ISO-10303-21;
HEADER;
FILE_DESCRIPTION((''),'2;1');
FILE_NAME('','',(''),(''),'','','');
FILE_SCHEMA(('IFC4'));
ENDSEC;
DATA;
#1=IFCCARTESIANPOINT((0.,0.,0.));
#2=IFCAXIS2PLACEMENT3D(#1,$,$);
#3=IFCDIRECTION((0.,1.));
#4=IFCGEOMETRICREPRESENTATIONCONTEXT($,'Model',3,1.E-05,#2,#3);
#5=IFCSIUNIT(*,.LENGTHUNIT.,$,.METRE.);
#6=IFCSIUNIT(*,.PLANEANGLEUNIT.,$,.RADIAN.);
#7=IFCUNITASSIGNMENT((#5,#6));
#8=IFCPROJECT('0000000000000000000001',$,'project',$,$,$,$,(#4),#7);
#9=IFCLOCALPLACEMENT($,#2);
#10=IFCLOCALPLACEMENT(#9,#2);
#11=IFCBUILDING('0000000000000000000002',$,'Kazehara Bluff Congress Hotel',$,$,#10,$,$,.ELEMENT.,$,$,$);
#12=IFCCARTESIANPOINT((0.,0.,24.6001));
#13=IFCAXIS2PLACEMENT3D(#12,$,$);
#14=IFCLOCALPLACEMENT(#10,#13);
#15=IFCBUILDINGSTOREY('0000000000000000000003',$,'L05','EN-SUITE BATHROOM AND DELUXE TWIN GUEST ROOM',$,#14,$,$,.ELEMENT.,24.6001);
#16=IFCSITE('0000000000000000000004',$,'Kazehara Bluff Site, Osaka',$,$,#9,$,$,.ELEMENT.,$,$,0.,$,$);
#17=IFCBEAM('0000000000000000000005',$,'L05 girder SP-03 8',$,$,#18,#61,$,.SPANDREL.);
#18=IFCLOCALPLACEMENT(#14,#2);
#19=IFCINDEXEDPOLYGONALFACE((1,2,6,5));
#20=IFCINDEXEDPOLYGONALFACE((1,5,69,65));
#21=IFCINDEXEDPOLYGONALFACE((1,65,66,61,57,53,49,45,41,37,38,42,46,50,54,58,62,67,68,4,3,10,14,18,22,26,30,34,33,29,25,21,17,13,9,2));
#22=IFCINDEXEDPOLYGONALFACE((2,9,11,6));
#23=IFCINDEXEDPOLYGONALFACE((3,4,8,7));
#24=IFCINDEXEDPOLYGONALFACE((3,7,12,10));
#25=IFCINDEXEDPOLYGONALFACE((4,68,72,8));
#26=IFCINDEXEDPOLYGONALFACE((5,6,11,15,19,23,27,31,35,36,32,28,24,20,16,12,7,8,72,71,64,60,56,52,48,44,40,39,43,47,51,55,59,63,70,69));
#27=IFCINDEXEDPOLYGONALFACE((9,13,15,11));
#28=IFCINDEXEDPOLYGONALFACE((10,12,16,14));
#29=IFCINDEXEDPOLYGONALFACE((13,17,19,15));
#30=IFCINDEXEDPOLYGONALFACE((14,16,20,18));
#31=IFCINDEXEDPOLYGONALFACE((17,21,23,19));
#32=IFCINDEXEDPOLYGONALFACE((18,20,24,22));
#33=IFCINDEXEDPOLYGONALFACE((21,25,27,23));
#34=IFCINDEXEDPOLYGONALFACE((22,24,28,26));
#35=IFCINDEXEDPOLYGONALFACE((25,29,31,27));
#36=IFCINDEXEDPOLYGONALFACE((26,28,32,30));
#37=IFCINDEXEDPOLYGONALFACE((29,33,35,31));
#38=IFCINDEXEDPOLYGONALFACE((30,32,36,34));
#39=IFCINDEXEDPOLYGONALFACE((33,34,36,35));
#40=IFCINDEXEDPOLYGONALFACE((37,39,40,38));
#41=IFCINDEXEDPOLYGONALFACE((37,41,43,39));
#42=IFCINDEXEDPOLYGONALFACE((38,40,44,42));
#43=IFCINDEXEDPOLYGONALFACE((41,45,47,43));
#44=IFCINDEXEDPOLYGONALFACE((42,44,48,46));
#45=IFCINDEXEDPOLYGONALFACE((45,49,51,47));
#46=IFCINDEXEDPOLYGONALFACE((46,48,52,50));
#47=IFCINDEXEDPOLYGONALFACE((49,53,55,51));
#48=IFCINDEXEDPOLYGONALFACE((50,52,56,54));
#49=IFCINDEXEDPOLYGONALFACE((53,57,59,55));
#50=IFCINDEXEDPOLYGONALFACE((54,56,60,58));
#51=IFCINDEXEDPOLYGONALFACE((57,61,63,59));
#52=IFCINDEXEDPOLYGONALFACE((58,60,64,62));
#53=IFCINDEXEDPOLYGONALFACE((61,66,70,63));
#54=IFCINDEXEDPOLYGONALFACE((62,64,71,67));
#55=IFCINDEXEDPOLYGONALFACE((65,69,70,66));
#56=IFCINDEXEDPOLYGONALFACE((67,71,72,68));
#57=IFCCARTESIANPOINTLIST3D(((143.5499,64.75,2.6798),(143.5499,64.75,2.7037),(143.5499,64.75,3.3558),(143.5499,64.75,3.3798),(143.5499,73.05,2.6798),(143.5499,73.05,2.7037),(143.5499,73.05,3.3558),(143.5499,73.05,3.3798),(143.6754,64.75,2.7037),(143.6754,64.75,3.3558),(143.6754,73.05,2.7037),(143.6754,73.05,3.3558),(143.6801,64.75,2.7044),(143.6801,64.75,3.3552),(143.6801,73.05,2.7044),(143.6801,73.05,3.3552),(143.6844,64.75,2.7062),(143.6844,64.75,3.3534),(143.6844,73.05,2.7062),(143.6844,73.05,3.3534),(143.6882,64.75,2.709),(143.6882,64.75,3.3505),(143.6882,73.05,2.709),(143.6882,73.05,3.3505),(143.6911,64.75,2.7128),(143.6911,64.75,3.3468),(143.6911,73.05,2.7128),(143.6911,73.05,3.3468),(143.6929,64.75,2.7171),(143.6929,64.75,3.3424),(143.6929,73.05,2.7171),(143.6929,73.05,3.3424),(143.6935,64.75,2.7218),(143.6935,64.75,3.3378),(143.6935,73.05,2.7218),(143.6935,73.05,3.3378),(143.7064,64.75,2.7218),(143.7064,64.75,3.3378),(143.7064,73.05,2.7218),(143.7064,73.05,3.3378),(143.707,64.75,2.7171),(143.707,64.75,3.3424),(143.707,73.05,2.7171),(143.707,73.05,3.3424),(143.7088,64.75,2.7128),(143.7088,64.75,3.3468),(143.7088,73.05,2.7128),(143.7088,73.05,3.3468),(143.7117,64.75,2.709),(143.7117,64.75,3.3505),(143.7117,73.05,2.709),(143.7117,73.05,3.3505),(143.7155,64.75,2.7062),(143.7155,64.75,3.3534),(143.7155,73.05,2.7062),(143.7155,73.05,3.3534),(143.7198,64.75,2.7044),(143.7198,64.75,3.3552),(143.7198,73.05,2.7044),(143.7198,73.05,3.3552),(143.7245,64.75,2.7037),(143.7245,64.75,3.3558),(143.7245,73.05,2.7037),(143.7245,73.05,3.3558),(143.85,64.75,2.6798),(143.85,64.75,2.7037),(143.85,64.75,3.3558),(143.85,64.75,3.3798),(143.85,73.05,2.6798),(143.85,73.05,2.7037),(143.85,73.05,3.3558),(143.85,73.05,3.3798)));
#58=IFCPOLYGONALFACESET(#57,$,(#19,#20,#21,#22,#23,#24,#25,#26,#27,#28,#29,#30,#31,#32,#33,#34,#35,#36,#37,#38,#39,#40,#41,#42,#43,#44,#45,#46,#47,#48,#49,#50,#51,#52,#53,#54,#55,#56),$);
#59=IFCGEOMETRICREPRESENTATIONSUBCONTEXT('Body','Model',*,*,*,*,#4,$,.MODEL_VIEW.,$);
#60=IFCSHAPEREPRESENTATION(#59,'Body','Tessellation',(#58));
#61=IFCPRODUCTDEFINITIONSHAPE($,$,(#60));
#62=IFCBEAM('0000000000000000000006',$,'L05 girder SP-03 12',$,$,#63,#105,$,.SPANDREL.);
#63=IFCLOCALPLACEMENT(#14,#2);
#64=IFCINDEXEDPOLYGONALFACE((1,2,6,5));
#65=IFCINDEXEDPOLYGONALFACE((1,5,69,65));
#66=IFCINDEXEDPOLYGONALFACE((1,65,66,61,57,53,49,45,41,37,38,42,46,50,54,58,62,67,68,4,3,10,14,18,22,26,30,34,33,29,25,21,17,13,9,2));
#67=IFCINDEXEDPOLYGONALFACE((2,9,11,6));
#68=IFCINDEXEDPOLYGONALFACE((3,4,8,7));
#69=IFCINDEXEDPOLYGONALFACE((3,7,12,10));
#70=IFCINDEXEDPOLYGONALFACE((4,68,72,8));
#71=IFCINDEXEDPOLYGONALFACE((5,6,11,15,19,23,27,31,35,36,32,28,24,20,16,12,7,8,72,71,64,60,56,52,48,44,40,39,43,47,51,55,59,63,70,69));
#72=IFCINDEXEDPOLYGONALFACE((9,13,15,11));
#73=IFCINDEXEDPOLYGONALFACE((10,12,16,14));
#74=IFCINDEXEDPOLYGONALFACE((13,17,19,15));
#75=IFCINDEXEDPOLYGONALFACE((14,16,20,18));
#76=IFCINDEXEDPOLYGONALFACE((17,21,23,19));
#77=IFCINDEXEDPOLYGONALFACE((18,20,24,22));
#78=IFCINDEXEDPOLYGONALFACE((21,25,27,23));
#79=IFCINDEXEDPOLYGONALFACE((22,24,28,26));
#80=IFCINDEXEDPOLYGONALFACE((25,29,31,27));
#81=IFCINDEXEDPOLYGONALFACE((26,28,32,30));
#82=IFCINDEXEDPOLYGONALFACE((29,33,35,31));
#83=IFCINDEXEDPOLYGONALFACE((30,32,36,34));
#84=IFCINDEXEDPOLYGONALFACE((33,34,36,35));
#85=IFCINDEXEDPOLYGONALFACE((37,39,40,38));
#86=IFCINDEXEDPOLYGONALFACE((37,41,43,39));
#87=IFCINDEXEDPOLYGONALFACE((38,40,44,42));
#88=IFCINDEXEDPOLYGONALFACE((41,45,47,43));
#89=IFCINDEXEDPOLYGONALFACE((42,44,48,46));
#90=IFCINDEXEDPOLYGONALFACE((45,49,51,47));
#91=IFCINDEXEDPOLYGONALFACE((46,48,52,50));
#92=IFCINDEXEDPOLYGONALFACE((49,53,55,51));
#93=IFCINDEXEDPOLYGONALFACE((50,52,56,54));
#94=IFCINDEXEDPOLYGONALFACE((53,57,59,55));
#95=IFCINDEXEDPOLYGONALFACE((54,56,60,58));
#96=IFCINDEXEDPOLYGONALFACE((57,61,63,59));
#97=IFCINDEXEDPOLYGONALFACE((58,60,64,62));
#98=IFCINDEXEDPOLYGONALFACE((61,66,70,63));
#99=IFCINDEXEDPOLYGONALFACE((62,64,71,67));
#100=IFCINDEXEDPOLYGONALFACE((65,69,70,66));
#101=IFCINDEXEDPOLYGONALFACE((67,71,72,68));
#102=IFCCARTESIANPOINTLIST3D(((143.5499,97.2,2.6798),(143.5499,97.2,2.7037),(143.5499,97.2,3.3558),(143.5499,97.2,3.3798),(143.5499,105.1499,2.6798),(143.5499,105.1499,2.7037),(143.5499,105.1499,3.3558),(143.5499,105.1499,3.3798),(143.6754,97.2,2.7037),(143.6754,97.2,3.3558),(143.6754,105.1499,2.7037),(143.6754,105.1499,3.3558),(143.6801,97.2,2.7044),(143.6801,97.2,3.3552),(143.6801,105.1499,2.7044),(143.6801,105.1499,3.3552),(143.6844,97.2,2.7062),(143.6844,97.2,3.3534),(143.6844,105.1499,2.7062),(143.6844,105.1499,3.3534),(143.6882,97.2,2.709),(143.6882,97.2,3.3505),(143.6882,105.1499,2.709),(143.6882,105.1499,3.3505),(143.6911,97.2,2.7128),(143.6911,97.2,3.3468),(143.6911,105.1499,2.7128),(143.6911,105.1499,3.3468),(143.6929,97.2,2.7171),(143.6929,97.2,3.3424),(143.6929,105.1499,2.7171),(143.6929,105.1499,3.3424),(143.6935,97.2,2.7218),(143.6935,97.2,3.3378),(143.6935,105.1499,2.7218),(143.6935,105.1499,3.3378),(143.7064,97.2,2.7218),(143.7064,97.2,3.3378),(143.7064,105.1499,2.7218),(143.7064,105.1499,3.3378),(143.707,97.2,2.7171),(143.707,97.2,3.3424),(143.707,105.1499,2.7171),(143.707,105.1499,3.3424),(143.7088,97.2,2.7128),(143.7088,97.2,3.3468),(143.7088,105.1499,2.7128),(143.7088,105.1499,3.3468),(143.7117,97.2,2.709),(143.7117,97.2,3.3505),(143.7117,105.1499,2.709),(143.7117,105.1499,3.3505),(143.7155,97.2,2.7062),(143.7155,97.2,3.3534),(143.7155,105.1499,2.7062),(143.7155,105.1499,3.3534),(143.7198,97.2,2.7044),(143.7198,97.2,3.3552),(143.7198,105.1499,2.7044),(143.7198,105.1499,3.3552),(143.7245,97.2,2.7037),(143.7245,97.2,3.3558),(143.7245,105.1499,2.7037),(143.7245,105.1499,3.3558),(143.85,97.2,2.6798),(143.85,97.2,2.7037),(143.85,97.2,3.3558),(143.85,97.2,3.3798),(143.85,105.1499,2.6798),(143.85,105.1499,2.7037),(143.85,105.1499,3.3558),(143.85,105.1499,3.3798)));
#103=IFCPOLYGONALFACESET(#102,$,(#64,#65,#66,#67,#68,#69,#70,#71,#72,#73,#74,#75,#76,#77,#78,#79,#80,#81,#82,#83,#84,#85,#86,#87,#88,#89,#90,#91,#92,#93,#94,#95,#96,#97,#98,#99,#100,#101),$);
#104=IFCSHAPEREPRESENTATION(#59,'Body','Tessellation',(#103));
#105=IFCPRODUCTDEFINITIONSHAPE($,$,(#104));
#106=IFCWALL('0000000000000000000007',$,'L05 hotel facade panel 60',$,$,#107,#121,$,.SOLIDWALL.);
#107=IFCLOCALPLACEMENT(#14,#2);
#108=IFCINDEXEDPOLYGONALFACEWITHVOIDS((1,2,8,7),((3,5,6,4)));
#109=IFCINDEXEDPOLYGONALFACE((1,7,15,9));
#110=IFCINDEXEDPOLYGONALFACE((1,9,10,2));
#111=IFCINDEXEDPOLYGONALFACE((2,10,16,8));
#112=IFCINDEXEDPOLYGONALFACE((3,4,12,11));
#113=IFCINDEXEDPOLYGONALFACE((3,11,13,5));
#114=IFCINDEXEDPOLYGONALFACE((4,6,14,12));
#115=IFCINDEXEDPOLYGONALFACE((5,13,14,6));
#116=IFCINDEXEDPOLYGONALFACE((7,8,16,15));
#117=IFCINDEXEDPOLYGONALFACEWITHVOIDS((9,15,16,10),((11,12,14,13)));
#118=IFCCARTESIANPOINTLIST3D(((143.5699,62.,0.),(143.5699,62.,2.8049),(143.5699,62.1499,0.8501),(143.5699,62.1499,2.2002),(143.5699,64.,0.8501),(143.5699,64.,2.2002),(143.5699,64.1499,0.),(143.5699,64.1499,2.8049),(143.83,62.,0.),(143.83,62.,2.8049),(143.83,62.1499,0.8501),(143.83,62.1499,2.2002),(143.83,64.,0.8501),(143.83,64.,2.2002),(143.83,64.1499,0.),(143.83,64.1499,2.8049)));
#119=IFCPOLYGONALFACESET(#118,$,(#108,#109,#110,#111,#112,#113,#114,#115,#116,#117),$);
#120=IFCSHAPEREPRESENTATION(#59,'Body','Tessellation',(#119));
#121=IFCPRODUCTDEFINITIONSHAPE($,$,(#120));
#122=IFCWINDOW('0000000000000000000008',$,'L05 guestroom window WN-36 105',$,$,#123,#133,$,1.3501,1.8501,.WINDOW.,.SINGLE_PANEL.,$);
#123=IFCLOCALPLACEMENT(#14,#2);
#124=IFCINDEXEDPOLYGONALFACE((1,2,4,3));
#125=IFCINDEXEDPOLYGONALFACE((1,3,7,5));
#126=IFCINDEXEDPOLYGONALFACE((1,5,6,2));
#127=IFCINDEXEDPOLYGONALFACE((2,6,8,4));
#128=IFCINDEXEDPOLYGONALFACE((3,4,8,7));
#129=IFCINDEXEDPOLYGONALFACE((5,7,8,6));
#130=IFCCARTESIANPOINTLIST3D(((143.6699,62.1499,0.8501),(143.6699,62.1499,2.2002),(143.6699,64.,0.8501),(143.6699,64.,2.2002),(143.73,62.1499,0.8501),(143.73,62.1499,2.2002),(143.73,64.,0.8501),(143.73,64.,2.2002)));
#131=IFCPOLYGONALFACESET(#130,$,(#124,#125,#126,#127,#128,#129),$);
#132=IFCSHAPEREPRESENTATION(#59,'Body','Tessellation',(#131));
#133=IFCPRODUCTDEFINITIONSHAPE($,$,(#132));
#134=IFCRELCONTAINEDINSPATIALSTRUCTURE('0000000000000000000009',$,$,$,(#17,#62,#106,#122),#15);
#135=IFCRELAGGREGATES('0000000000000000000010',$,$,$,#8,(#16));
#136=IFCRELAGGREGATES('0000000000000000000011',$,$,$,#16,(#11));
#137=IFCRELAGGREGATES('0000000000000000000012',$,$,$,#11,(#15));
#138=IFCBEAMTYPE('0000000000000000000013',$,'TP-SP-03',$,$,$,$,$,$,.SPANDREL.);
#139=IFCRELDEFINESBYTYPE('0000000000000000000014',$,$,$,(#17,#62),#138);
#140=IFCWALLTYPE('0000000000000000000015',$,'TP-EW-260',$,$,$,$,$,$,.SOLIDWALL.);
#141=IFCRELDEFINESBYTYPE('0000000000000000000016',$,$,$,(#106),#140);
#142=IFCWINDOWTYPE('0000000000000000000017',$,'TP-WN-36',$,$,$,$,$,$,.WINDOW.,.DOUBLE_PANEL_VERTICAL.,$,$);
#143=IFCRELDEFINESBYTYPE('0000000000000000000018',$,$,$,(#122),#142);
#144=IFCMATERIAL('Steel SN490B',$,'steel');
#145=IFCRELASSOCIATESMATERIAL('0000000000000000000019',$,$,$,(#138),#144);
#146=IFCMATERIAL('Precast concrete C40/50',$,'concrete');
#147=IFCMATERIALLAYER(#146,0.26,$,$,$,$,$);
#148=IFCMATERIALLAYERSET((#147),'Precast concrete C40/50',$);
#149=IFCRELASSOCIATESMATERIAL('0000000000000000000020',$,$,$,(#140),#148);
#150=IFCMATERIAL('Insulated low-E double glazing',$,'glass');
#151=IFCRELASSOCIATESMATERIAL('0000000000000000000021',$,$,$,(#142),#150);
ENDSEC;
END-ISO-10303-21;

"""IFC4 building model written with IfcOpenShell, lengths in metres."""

from ifc_helpers import new_model, si_unit, direction, frame, frame_2d, origin, origin_2d, place, context, subcontext, project, spatial, rectangle, i_section, extrude, material, layer, layer_set, material_profile, profile_set, type_object, element, fill, save


model = new_model("IFC4")

# Units and contexts
model_context = context("Model", 3, precision=1e-05, world=origin(), true_north=direction((0.0, 1.0)))
body_context = subcontext(model_context, "Body", "Model", "MODEL_VIEW")
ifc_project = project(units=[si_unit("LENGTHUNIT", "METRE"), si_unit("PLANEANGLEUNIT", "RADIAN")], contexts=[model_context])

# Site, building, storey
site_placement = place(None, origin())
site = spatial("IfcSite", under=ifc_project, at=site_placement, Name="Kazehara Bluff Site, Osaka", CompositionType="ELEMENT", RefElevation=0.0)
building_placement = place(site_placement, origin())
building = spatial("IfcBuilding", under=site, at=building_placement, Name="Kazehara Bluff Congress Hotel", CompositionType="ELEMENT")
storey_placement = place(building_placement, frame((0.0, 0.0, 24.6001)))
storey = spatial("IfcBuildingStorey", under=building, at=storey_placement, Name="L05", Description="EN-SUITE BATHROOM AND DELUXE TWIN GUEST ROOM", CompositionType="ELEMENT", Elevation=24.6001)

# Beams
ifc_material_1 = material(Name="Steel SN490B", Category="steel")
ifc_material_profile_1 = material_profile(ifc_material_1, i_section(OverallWidth=0.3, OverallDepth=0.7, WebThickness=0.0129, FlangeThickness=0.0239, FilletRadius=0.0181, at=origin_2d()))
ifc_profile_set_1 = profile_set([ifc_material_profile_1], Name="Steel SN490B")
beam_type_1 = type_object("IfcBeamType", Name="TP-SP-03", PredefinedType="SPANDREL", material=ifc_profile_set_1)
beam_1_placement = place(storey_placement, frame((143.7, 64.75, 3.0298), z_axis=(0.0, 1.0, 0.0), x_axis=(-1.0, 0.0, 0.0)))
element("IfcBeam", 1, at=beam_1_placement, inside=storey, type_object=beam_type_1, Name="L05 girder SP-03 8", PredefinedType="SPANDREL", context=body_context, shape_type="SweptSolid", body=[
    extrude(i_section(OverallWidth=0.3, OverallDepth=0.7, WebThickness=0.0129, FlangeThickness=0.0239, FilletRadius=0.0181, at=origin_2d()), origin(), (0.0, 0.0, 1.0), 8.3),
])
beam_2_placement = place(storey_placement, frame((143.7, 97.2, 3.0298), z_axis=(0.0, 1.0, 0.0), x_axis=(-1.0, 0.0, 0.0)))
element("IfcBeam", 2, at=beam_2_placement, inside=storey, type_object=beam_type_1, Name="L05 girder SP-03 12", PredefinedType="SPANDREL", context=body_context, shape_type="SweptSolid", body=[
    extrude(i_section(OverallWidth=0.3, OverallDepth=0.7, WebThickness=0.0129, FlangeThickness=0.0239, FilletRadius=0.0181, at=origin_2d()), origin(), (0.0, 0.0, 1.0), 7.95),
])

# Wall, opening, window
ifc_material_2 = material(Name="Precast concrete C40/50", Category="concrete")
ifc_layer = layer(ifc_material_2, 0.26)
ifc_layer_set = layer_set([ifc_layer], Name="Precast concrete C40/50")
wall_type = type_object("IfcWallType", Name="TP-EW-260", PredefinedType="SOLIDWALL", material=ifc_layer_set)
wall_1_placement = place(storey_placement, frame((143.7, 62.0, 0.0), z_axis=(0.0, 0.0, 1.0), x_axis=(0.0, 1.0, 0.0)))
wall_1 = element("IfcWall", 3, at=wall_1_placement, inside=storey, type_object=wall_type, Name="L05 hotel facade panel 60", PredefinedType="SOLIDWALL", context=body_context, shape_type="SweptSolid", body=[
    extrude(rectangle(XDim=2.1499, YDim=0.26, at=frame_2d((1.075, 0.0))), origin(), (0.0, 0.0, 1.0), 2.8049),
])
opening_1_placement = place(wall_1_placement, frame((0.1499, 0.0, 0.8501)))
opening_1 = element("IfcOpeningElement", 4, at=opening_1_placement, cuts=wall_1, PredefinedType="OPENING", context=body_context, shape_type="SweptSolid", body=[
    extrude(rectangle(XDim=1.8501, YDim=1.3501, at=frame_2d((0.925, 0.675))), frame((0.0, 0.1399, 0.0), z_axis=(0.0, -1.0, 0.0), x_axis=(1.0, 0.0, 0.0)), (0.0, 0.0, 1.0), 0.28),
])
ifc_material_3 = material(Name="Insulated low-E double glazing", Category="glass")
window_type_1 = type_object("IfcWindowType", Name="TP-WN-36", PartitioningType="DOUBLE_PANEL_VERTICAL", PredefinedType="WINDOW", material=ifc_material_3)
window_1_placement = place(opening_1_placement, origin())
window_1 = element("IfcWindow", 5, at=window_1_placement, inside=storey, type_object=window_type_1, Name="L05 guestroom window WN-36 105", OverallHeight=1.3501, OverallWidth=1.8501, PartitioningType="SINGLE_PANEL", PredefinedType="WINDOW", context=body_context, shape_type="SweptSolid", body=[
    extrude(rectangle(XDim=1.8501, YDim=1.3501, at=frame_2d((0.925, 0.675))), frame((0.0, 0.03, 0.0), z_axis=(0.0, -1.0, 0.0), x_axis=(1.0, 0.0, 0.0)), (0.0, 0.0, 1.0), 0.0601),
])
fill(opening_1, window_1)

save(model, "model.ifc")
